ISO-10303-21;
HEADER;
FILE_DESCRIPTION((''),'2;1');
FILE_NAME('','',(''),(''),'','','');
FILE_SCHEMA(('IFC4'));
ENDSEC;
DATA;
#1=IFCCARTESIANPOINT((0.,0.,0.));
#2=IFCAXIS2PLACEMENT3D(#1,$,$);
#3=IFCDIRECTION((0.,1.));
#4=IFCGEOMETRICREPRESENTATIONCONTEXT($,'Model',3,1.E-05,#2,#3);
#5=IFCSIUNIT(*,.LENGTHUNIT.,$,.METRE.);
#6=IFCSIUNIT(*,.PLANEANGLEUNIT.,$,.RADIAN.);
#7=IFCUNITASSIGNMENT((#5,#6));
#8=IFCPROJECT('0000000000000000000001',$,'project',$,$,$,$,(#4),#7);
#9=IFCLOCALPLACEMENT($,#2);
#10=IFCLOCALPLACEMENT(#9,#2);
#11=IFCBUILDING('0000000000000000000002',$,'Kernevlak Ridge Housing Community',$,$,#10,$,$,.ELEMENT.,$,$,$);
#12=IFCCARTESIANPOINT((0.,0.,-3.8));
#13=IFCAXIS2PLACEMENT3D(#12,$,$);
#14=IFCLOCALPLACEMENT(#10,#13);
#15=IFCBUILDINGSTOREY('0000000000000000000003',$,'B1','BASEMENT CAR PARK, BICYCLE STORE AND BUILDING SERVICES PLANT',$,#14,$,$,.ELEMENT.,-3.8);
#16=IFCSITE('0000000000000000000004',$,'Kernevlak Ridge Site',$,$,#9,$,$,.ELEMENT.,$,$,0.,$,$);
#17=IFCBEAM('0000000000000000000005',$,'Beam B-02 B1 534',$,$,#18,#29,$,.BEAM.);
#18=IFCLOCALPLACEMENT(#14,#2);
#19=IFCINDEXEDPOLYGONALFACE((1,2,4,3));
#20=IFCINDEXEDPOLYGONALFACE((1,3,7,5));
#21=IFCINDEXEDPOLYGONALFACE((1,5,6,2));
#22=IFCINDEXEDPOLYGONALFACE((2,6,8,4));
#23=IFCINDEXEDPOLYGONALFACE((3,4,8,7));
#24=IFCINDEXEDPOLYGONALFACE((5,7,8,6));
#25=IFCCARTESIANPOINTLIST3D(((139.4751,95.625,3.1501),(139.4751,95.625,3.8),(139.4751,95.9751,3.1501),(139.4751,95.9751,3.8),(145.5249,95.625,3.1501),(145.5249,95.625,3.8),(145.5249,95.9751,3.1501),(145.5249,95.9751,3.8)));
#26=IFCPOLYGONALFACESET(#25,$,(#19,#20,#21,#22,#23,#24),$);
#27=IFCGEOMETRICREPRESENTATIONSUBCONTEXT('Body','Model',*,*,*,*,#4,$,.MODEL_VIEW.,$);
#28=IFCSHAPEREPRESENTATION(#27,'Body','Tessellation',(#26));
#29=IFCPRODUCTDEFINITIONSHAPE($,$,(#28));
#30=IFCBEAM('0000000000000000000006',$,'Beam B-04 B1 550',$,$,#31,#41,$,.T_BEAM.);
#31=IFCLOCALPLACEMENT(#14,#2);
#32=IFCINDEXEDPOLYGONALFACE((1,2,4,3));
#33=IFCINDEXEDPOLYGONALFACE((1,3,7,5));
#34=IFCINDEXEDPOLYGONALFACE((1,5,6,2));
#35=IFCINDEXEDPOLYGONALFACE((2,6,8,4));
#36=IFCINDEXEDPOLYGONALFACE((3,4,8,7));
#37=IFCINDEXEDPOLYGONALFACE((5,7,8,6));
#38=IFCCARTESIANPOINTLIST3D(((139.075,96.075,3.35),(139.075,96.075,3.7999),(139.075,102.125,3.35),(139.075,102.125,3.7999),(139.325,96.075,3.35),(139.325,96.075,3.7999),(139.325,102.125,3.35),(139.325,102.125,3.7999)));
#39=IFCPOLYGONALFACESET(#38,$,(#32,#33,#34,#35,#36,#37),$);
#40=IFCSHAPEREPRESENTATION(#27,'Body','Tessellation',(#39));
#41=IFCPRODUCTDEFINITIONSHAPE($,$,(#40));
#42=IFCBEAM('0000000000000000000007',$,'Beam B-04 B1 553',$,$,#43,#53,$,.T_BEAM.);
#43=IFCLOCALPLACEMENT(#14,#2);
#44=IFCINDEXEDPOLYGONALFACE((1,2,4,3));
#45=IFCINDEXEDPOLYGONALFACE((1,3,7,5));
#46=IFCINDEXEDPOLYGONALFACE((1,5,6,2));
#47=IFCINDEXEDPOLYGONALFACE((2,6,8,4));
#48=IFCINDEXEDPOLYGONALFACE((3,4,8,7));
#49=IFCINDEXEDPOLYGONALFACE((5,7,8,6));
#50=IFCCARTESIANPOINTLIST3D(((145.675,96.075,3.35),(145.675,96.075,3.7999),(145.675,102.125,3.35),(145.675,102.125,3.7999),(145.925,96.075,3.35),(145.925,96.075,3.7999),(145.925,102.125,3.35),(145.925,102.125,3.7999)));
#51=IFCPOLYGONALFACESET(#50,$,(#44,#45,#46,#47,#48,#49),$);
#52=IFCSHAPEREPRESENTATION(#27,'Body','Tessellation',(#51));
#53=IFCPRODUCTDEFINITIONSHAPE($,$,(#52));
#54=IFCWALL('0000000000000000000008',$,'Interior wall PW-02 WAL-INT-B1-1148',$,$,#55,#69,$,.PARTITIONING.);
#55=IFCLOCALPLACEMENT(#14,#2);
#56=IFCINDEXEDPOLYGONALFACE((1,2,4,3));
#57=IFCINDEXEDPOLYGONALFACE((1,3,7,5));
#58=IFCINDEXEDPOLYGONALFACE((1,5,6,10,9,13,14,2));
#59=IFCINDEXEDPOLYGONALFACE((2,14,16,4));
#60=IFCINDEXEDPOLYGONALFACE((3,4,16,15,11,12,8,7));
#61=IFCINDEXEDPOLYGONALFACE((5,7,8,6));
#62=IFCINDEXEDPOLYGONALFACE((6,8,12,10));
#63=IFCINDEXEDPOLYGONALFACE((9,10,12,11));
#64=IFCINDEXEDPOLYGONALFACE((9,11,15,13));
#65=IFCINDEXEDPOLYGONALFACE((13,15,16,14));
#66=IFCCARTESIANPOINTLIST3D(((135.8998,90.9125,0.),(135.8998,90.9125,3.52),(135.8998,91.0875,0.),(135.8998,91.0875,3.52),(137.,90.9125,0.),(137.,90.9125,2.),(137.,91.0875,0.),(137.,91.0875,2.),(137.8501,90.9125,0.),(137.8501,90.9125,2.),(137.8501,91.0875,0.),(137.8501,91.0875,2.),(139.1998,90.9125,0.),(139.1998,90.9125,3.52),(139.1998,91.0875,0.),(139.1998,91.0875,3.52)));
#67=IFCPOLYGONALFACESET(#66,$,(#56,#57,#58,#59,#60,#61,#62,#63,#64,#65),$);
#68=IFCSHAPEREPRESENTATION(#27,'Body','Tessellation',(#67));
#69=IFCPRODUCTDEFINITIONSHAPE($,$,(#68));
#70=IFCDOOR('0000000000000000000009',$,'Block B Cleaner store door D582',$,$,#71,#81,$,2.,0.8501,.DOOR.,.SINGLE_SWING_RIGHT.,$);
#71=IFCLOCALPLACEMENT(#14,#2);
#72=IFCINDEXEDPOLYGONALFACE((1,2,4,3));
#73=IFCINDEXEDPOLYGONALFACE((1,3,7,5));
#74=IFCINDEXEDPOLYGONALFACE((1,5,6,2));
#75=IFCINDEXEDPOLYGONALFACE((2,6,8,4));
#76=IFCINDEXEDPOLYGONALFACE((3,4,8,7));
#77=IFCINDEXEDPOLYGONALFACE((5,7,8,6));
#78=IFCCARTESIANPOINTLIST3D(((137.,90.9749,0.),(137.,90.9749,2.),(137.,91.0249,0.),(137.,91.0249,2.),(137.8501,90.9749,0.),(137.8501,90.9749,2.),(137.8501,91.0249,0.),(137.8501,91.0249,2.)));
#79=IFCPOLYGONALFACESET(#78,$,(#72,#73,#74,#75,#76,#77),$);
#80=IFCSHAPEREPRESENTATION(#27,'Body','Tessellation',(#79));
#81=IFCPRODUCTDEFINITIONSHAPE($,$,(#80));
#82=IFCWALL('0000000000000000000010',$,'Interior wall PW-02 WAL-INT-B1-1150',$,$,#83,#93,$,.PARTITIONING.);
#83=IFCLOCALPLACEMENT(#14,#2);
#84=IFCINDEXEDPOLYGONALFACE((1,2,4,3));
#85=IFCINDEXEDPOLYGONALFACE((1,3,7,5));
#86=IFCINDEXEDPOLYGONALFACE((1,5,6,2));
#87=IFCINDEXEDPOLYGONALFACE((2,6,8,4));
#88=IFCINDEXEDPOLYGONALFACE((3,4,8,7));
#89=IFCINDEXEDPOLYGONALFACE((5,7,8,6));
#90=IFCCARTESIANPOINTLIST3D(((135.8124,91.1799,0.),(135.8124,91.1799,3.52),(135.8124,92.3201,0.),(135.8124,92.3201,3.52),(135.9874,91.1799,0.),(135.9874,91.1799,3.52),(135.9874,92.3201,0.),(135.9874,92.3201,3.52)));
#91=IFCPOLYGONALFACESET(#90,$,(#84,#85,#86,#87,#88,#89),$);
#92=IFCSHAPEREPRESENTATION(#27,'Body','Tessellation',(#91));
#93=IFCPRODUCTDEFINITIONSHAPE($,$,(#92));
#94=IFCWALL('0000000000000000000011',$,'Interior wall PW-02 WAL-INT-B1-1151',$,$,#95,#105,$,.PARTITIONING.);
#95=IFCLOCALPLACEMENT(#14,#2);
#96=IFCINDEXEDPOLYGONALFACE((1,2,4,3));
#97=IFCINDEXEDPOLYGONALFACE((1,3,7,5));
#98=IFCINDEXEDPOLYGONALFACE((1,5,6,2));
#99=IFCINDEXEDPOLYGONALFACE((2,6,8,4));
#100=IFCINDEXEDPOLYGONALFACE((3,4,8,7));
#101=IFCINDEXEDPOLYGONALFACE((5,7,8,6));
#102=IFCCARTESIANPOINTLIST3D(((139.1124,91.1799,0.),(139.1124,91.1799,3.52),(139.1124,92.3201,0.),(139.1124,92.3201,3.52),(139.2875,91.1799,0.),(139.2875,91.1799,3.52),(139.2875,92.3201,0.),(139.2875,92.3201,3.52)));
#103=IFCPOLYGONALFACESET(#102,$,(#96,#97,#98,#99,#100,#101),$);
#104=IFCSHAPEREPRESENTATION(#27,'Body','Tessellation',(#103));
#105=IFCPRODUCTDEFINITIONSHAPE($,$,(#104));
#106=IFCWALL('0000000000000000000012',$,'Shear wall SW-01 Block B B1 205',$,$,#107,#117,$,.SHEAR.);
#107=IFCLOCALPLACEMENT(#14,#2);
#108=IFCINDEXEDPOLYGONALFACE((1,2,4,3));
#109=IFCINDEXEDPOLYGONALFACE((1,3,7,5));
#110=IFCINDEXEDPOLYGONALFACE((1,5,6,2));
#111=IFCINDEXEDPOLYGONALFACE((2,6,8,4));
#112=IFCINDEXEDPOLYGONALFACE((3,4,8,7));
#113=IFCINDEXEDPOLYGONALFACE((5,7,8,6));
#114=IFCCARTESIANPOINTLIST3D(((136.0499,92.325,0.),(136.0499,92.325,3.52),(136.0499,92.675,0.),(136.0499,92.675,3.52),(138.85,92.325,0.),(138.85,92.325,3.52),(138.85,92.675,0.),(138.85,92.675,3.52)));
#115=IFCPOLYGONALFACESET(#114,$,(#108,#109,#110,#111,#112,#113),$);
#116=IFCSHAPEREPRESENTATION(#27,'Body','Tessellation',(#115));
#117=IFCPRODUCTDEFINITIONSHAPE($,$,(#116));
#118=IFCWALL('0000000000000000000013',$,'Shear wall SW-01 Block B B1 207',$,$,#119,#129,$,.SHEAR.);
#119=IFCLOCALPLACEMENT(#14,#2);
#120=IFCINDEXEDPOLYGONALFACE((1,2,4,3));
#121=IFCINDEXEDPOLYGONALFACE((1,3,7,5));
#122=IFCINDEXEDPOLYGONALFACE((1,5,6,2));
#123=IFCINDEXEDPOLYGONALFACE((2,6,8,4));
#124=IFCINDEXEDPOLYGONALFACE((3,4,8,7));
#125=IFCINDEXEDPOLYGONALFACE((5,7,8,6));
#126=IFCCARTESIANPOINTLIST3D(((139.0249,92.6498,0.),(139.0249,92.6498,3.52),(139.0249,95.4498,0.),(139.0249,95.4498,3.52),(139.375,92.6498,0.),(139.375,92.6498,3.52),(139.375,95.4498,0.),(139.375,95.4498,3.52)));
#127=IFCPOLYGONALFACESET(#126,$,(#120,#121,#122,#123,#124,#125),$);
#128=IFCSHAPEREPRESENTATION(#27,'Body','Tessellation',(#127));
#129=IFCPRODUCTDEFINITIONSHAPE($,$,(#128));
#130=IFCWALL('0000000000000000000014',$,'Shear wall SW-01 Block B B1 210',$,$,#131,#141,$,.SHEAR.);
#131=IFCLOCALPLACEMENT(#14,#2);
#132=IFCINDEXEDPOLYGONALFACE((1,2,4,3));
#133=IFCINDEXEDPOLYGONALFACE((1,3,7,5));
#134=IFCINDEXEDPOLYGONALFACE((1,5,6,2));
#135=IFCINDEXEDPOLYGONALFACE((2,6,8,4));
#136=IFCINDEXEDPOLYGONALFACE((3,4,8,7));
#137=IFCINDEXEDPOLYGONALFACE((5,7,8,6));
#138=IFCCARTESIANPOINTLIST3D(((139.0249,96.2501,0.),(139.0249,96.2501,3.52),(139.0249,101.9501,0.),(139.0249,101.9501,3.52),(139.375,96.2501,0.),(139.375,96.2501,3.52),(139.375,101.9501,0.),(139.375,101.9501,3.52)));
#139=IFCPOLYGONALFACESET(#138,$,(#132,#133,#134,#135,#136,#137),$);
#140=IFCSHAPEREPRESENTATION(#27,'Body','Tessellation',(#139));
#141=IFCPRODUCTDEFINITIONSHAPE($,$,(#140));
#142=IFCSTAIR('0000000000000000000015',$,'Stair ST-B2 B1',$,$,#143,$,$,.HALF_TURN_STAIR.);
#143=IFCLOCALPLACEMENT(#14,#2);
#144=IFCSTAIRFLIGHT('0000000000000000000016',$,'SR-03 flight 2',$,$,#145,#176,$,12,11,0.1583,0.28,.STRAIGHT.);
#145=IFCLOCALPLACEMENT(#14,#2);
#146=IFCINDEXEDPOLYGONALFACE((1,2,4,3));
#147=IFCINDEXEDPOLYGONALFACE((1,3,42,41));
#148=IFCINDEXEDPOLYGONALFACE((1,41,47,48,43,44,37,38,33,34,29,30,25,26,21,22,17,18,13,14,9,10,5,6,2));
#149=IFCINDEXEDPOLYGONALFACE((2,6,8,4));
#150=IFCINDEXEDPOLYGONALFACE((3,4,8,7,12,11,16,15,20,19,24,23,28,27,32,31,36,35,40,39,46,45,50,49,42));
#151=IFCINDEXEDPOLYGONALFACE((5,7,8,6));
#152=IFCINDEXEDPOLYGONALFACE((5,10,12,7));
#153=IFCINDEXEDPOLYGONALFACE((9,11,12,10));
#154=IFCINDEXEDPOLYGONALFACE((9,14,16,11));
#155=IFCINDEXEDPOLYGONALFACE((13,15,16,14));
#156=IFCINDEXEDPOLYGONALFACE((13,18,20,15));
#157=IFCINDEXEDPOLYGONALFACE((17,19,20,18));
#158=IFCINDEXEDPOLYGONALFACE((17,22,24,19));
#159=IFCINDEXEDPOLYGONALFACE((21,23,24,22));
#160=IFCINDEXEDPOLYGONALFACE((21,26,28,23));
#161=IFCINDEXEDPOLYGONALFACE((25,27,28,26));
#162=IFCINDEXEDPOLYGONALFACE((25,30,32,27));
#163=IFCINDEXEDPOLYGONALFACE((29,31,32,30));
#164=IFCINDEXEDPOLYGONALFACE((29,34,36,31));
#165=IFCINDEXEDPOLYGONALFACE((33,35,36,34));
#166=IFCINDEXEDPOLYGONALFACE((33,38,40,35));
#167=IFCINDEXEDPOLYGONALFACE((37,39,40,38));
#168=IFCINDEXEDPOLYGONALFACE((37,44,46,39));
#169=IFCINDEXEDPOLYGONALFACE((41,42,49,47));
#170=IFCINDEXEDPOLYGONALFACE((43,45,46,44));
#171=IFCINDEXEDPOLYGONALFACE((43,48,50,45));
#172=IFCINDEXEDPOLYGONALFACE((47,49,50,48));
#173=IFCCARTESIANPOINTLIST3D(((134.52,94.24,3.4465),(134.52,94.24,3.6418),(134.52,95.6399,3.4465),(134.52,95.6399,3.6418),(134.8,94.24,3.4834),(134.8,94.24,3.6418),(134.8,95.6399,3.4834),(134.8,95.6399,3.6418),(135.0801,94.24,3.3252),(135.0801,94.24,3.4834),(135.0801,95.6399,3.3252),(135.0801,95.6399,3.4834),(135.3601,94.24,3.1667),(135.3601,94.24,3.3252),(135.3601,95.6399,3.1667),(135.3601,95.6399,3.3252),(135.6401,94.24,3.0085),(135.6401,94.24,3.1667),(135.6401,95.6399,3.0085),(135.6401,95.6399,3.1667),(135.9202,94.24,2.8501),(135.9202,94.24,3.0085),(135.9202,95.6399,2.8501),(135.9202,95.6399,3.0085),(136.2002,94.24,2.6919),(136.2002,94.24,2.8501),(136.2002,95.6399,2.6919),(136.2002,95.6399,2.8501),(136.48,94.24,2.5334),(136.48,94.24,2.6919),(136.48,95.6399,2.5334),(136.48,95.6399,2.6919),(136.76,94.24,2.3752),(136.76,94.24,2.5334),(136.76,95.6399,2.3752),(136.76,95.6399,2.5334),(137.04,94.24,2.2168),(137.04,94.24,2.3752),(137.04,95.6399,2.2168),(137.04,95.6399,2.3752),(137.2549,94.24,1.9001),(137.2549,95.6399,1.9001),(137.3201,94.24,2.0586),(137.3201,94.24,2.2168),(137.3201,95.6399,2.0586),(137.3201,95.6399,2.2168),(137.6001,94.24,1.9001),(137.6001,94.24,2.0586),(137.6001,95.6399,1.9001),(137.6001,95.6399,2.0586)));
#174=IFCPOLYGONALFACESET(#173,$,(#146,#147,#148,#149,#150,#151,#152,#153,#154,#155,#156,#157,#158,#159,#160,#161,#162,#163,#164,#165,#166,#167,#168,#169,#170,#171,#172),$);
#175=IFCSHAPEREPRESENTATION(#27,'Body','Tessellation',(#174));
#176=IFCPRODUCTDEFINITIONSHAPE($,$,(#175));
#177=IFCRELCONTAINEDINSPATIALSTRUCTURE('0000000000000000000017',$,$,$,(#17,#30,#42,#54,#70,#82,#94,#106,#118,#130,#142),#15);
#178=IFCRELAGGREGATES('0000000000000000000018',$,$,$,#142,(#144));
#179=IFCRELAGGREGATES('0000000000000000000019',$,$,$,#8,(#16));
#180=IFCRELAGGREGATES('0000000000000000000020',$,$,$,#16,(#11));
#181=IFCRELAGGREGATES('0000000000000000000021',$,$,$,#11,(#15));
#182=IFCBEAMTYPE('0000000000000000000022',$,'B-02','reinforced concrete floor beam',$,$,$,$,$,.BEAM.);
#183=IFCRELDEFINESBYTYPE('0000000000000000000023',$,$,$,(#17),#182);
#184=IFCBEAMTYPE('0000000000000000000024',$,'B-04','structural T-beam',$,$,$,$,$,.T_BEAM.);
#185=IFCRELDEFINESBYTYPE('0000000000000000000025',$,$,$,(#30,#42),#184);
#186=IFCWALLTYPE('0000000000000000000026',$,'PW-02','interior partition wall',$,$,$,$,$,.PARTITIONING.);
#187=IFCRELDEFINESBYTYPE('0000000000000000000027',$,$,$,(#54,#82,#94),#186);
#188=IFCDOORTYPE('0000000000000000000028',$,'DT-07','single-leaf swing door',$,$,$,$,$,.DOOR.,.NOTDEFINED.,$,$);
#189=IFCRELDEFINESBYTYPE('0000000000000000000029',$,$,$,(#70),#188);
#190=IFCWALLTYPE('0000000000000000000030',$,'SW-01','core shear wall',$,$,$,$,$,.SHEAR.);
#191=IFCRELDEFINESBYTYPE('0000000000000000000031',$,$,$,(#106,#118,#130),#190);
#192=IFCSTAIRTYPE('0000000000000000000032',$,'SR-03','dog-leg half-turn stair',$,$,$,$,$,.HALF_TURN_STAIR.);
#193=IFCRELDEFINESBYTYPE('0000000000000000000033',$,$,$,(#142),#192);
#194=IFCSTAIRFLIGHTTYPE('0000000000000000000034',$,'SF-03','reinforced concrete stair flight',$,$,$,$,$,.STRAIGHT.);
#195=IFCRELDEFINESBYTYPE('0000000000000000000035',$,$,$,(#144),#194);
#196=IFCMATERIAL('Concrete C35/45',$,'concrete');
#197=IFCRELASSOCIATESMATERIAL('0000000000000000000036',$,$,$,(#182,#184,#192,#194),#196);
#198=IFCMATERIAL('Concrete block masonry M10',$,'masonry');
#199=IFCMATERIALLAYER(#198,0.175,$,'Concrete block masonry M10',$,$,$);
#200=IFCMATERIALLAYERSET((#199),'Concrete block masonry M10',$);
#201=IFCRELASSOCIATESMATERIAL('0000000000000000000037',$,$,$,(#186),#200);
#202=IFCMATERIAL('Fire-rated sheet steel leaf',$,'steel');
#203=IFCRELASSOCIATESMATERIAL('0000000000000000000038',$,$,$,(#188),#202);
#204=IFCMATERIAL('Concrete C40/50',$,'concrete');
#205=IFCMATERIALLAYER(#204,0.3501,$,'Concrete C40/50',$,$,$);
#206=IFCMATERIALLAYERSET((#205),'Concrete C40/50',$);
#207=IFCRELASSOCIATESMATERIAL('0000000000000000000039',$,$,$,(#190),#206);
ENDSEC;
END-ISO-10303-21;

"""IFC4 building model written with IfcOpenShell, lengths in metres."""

from ifc_helpers import new_model, si_unit, direction, frame, frame_2d, origin, origin_2d, place, context, subcontext, project, spatial, polyline, rectangle, outline, extrude, material, layer, layer_set, material_profile, profile_set, type_object, element, fill, aggregate, save


model = new_model("IFC4")

# Units and contexts
model_context = context("Model", 3, precision=1e-05, world=origin(), true_north=direction((0.0, 1.0)))
body_context = subcontext(model_context, "Body", "Model", "MODEL_VIEW")
ifc_project = project(units=[si_unit("LENGTHUNIT", "METRE"), si_unit("PLANEANGLEUNIT", "RADIAN")], contexts=[model_context])

# Site, building, storey
site_placement = place(None, origin())
site = spatial("IfcSite", under=ifc_project, at=site_placement, Name="Kernevlak Ridge Site", CompositionType="ELEMENT", RefElevation=0.0)
building_placement = place(site_placement, origin())
building = spatial("IfcBuilding", under=site, at=building_placement, Name="Kernevlak Ridge Housing Community", CompositionType="ELEMENT")
storey_placement = place(building_placement, frame((0.0, 0.0, -3.8)))
storey = spatial("IfcBuildingStorey", under=building, at=storey_placement, Name="B1", Description="BASEMENT CAR PARK, BICYCLE STORE AND BUILDING SERVICES PLANT", CompositionType="ELEMENT", Elevation=-3.8)

# Shared definitions
ifc_material_1 = material(Name="Concrete C35/45", Category="concrete")

# Shared definitions
ifc_material_2 = material(Name="Concrete C40/50", Category="concrete")

# Beams
ifc_material_profile_1 = material_profile(ifc_material_1, rectangle(XDim=0.3501, YDim=0.6499, at=origin_2d()), Name="RC 350x650")
ifc_profile_set_1 = profile_set([ifc_material_profile_1], Name="Concrete C35/45")
beam_type_1 = type_object("IfcBeamType", Name="B-02", Description="reinforced concrete floor beam", PredefinedType="BEAM", material=ifc_profile_set_1)
beam_placement = place(storey_placement, frame((139.4751, 95.8, 3.4751), z_axis=(1.0, 0.0, 0.0), x_axis=(0.0, 1.0, 0.0)))
element("IfcBeam", 1, at=beam_placement, inside=storey, type_object=beam_type_1, Name="Beam B-02 B1 534", PredefinedType="BEAM", context=body_context, shape_type="SweptSolid", body=[
    extrude(rectangle(XDim=0.3501, YDim=0.6499, at=origin_2d()), origin(), (0.0, 0.0, 1.0), 6.0498),
])
ifc_material_profile_2 = material_profile(ifc_material_1, rectangle(XDim=0.25, YDim=0.45, at=origin_2d()), Name="RC 250x450")
ifc_profile_set_2 = profile_set([ifc_material_profile_2], Name="Concrete C35/45")
beam_type_2 = type_object("IfcBeamType", Name="B-04", Description="structural T-beam", PredefinedType="T_BEAM", material=ifc_profile_set_2)
for number, where, z_axis, x_axis, name in (
    (2, (139.2, 96.075, 3.575), (0.0, 1.0, 0.0), (-1.0, 0.0, 0.0), "Beam B-04 B1 550"),
    (3, (145.8, 96.075, 3.575), (0.0, 1.0, 0.0), (-1.0, 0.0, 0.0), "Beam B-04 B1 553"),
):
    element("IfcBeam", number, at=place(storey_placement, frame(where, z_axis=z_axis, x_axis=x_axis)), inside=storey, type_object=beam_type_2, Name=name, PredefinedType="T_BEAM", context=body_context, shape_type="SweptSolid", body=[
        extrude(rectangle(XDim=0.25, YDim=0.45, at=origin_2d()), origin(), (0.0, 0.0, 1.0), 6.05),
    ])

# Wall, opening, door
ifc_material_3 = material(Name="Concrete block masonry M10", Category="masonry")
ifc_layer_1 = layer(ifc_material_3, 0.175, Name="Concrete block masonry M10")
ifc_layer_set_1 = layer_set([ifc_layer_1], Name="Concrete block masonry M10")
wall_type_1 = type_object("IfcWallType", Name="PW-02", Description="interior partition wall", PredefinedType="PARTITIONING", material=ifc_layer_set_1)
wall_1_placement = place(storey_placement, frame((135.8999, 91.0, 0.0), z_axis=(0.0, 0.0, 1.0), x_axis=(1.0, 0.0, 0.0)))
wall_1 = element("IfcWall", 4, at=wall_1_placement, inside=storey, type_object=wall_type_1, Name="Interior wall PW-02 WAL-INT-B1-1148", PredefinedType="PARTITIONING", context=body_context, shape_type="SweptSolid", body=[
    extrude(rectangle(XDim=3.3, YDim=0.175, at=frame_2d((1.6499, 0.0))), origin(), (0.0, 0.0, 1.0), 3.52),
])
opening_placement = place(wall_1_placement, frame((1.1001, 0.0, 0.0)))
opening = element("IfcOpeningElement", 5, at=opening_placement, cuts=wall_1, PredefinedType="OPENING", context=body_context, shape_type="SweptSolid", body=[
    extrude(rectangle(XDim=0.8501, YDim=2.0, at=frame_2d((0.425, 1.0))), frame((0.0, 0.0974, 0.0), z_axis=(0.0, -1.0, 0.0), x_axis=(1.0, 0.0, 0.0)), (0.0, 0.0, 1.0), 0.1951),
])
ifc_material_4 = material(Name="Fire-rated sheet steel leaf", Category="steel")
door_type = type_object("IfcDoorType", Name="DT-07", Description="single-leaf swing door", OperationType="NOTDEFINED", PredefinedType="DOOR", material=ifc_material_4)
door_placement = place(opening_placement, origin())
door = element("IfcDoor", 6, at=door_placement, inside=storey, type_object=door_type, Name="Block B Cleaner store door D582", OperationType="SINGLE_SWING_RIGHT", OverallHeight=2.0, OverallWidth=0.8501, PredefinedType="DOOR", context=body_context, shape_type="SweptSolid", body=[
    extrude(rectangle(XDim=0.8501, YDim=2.0, at=frame_2d((0.425, 1.0))), frame((0.0, 0.0249, 0.0), z_axis=(0.0, -1.0, 0.0), x_axis=(1.0, 0.0, 0.0)), (0.0, 0.0, 1.0), 0.05),
])
fill(opening, door)

# Walls
for number, where, z_axis, x_axis, name in (
    (7, (135.8999, 91.1799, 0.0), (0.0, 0.0, 1.0), (0.0, 1.0, 0.0), "Interior wall PW-02 WAL-INT-B1-1150"),
    (8, (139.2, 91.1799, 0.0), (0.0, 0.0, 1.0), (0.0, 1.0, 0.0), "Interior wall PW-02 WAL-INT-B1-1151"),
):
    element("IfcWall", number, at=place(storey_placement, frame(where, z_axis=z_axis, x_axis=x_axis)), inside=storey, type_object=wall_type_1, Name=name, PredefinedType="PARTITIONING", context=body_context, shape_type="SweptSolid", body=[
        extrude(rectangle(XDim=1.1401, YDim=0.175, at=frame_2d((0.5701, 0.0))), origin(), (0.0, 0.0, 1.0), 3.52),
    ])
ifc_layer_2 = layer(ifc_material_2, 0.3501, Name="Concrete C40/50")
ifc_layer_set_2 = layer_set([ifc_layer_2], Name="Concrete C40/50")
wall_type_2 = type_object("IfcWallType", Name="SW-01", Description="core shear wall", PredefinedType="SHEAR", material=ifc_layer_set_2)
for number, where, z_axis, x_axis, name in (
    (9, (136.05, 92.5, 0.0), (0.0, 0.0, 1.0), (1.0, 0.0, 0.0), "Shear wall SW-01 Block B B1 205"),
    (10, (139.2, 92.6499, 0.0), (0.0, 0.0, 1.0), (0.0, 1.0, 0.0), "Shear wall SW-01 Block B B1 207"),
):
    element("IfcWall", number, at=place(storey_placement, frame(where, z_axis=z_axis, x_axis=x_axis)), inside=storey, type_object=wall_type_2, Name=name, PredefinedType="SHEAR", context=body_context, shape_type="SweptSolid", body=[
        extrude(rectangle(XDim=2.8, YDim=0.3501, at=frame_2d((1.3999, 0.0))), origin(), (0.0, 0.0, 1.0), 3.52),
    ])
wall_2_placement = place(storey_placement, frame((139.2, 96.25, 0.0), z_axis=(0.0, 0.0, 1.0), x_axis=(0.0, 1.0, 0.0)))
element("IfcWall", 11, at=wall_2_placement, inside=storey, type_object=wall_type_2, Name="Shear wall SW-01 Block B B1 210", PredefinedType="SHEAR", context=body_context, shape_type="SweptSolid", body=[
    extrude(rectangle(XDim=5.7, YDim=0.3501, at=frame_2d((2.8501, 0.0))), origin(), (0.0, 0.0, 1.0), 3.52),
])

# Stair, stair flight
stair_type = type_object("IfcStairType", Name="SR-03", Description="dog-leg half-turn stair", PredefinedType="HALF_TURN_STAIR", material=ifc_material_1)
stair_placement = place(storey_placement, origin())
stair = element("IfcStair", 12, at=stair_placement, inside=storey, type_object=stair_type, Name="Stair ST-B2 B1", PredefinedType="HALF_TURN_STAIR")
stair_flight_type = type_object("IfcStairFlightType", Name="SF-03", Description="reinforced concrete stair flight", PredefinedType="STRAIGHT", material=ifc_material_1)
stair_flight_placement = place(storey_placement, frame((137.6001, 94.9399, 1.9001), z_axis=(0.0, 0.0, 1.0), x_axis=(-1.0, 0.0, 0.0)))
stair_flight = element("IfcStairFlight", 13, at=stair_flight_placement, type_object=stair_flight_type, Name="SR-03 flight 2", NumberOfRisers=12, NumberOfTreads=11, PredefinedType="STRAIGHT", RiserHeight=0.1583, TreadLength=0.28, context=body_context, shape_type="SweptSolid", body=[
    extrude(outline(polyline([(0.0, 0.0), (0.0, 0.1584), (0.28, 0.1584), (0.28, 0.3167), (0.5601, 0.3167), (0.5601, 0.4751), (0.8401, 0.4751), (0.8401, 0.6333), (1.1201, 0.6333), (1.1201, 0.7917), (1.3999, 0.7917), (1.3999, 0.95), (1.6799, 0.95), (1.6799, 1.1084), (1.96, 1.1084), (1.96, 1.2666), (2.24, 1.2666), (2.24, 1.425), (2.52, 1.425), (2.52, 1.5833), (2.8, 1.5833), (2.8, 1.7417), (3.0801, 1.7417), (3.0801, 1.8999), (3.0801, 1.5464), (0.3452, 0.0), (0.0, 0.0)])), frame((0.0, 0.7, 0.0), z_axis=(0.0, -1.0, 0.0), x_axis=(1.0, 0.0, 0.0)), (0.0, 0.0, 1.0), 1.3999),
])
aggregate(stair, [stair_flight])

save(model, "model.ifc")
